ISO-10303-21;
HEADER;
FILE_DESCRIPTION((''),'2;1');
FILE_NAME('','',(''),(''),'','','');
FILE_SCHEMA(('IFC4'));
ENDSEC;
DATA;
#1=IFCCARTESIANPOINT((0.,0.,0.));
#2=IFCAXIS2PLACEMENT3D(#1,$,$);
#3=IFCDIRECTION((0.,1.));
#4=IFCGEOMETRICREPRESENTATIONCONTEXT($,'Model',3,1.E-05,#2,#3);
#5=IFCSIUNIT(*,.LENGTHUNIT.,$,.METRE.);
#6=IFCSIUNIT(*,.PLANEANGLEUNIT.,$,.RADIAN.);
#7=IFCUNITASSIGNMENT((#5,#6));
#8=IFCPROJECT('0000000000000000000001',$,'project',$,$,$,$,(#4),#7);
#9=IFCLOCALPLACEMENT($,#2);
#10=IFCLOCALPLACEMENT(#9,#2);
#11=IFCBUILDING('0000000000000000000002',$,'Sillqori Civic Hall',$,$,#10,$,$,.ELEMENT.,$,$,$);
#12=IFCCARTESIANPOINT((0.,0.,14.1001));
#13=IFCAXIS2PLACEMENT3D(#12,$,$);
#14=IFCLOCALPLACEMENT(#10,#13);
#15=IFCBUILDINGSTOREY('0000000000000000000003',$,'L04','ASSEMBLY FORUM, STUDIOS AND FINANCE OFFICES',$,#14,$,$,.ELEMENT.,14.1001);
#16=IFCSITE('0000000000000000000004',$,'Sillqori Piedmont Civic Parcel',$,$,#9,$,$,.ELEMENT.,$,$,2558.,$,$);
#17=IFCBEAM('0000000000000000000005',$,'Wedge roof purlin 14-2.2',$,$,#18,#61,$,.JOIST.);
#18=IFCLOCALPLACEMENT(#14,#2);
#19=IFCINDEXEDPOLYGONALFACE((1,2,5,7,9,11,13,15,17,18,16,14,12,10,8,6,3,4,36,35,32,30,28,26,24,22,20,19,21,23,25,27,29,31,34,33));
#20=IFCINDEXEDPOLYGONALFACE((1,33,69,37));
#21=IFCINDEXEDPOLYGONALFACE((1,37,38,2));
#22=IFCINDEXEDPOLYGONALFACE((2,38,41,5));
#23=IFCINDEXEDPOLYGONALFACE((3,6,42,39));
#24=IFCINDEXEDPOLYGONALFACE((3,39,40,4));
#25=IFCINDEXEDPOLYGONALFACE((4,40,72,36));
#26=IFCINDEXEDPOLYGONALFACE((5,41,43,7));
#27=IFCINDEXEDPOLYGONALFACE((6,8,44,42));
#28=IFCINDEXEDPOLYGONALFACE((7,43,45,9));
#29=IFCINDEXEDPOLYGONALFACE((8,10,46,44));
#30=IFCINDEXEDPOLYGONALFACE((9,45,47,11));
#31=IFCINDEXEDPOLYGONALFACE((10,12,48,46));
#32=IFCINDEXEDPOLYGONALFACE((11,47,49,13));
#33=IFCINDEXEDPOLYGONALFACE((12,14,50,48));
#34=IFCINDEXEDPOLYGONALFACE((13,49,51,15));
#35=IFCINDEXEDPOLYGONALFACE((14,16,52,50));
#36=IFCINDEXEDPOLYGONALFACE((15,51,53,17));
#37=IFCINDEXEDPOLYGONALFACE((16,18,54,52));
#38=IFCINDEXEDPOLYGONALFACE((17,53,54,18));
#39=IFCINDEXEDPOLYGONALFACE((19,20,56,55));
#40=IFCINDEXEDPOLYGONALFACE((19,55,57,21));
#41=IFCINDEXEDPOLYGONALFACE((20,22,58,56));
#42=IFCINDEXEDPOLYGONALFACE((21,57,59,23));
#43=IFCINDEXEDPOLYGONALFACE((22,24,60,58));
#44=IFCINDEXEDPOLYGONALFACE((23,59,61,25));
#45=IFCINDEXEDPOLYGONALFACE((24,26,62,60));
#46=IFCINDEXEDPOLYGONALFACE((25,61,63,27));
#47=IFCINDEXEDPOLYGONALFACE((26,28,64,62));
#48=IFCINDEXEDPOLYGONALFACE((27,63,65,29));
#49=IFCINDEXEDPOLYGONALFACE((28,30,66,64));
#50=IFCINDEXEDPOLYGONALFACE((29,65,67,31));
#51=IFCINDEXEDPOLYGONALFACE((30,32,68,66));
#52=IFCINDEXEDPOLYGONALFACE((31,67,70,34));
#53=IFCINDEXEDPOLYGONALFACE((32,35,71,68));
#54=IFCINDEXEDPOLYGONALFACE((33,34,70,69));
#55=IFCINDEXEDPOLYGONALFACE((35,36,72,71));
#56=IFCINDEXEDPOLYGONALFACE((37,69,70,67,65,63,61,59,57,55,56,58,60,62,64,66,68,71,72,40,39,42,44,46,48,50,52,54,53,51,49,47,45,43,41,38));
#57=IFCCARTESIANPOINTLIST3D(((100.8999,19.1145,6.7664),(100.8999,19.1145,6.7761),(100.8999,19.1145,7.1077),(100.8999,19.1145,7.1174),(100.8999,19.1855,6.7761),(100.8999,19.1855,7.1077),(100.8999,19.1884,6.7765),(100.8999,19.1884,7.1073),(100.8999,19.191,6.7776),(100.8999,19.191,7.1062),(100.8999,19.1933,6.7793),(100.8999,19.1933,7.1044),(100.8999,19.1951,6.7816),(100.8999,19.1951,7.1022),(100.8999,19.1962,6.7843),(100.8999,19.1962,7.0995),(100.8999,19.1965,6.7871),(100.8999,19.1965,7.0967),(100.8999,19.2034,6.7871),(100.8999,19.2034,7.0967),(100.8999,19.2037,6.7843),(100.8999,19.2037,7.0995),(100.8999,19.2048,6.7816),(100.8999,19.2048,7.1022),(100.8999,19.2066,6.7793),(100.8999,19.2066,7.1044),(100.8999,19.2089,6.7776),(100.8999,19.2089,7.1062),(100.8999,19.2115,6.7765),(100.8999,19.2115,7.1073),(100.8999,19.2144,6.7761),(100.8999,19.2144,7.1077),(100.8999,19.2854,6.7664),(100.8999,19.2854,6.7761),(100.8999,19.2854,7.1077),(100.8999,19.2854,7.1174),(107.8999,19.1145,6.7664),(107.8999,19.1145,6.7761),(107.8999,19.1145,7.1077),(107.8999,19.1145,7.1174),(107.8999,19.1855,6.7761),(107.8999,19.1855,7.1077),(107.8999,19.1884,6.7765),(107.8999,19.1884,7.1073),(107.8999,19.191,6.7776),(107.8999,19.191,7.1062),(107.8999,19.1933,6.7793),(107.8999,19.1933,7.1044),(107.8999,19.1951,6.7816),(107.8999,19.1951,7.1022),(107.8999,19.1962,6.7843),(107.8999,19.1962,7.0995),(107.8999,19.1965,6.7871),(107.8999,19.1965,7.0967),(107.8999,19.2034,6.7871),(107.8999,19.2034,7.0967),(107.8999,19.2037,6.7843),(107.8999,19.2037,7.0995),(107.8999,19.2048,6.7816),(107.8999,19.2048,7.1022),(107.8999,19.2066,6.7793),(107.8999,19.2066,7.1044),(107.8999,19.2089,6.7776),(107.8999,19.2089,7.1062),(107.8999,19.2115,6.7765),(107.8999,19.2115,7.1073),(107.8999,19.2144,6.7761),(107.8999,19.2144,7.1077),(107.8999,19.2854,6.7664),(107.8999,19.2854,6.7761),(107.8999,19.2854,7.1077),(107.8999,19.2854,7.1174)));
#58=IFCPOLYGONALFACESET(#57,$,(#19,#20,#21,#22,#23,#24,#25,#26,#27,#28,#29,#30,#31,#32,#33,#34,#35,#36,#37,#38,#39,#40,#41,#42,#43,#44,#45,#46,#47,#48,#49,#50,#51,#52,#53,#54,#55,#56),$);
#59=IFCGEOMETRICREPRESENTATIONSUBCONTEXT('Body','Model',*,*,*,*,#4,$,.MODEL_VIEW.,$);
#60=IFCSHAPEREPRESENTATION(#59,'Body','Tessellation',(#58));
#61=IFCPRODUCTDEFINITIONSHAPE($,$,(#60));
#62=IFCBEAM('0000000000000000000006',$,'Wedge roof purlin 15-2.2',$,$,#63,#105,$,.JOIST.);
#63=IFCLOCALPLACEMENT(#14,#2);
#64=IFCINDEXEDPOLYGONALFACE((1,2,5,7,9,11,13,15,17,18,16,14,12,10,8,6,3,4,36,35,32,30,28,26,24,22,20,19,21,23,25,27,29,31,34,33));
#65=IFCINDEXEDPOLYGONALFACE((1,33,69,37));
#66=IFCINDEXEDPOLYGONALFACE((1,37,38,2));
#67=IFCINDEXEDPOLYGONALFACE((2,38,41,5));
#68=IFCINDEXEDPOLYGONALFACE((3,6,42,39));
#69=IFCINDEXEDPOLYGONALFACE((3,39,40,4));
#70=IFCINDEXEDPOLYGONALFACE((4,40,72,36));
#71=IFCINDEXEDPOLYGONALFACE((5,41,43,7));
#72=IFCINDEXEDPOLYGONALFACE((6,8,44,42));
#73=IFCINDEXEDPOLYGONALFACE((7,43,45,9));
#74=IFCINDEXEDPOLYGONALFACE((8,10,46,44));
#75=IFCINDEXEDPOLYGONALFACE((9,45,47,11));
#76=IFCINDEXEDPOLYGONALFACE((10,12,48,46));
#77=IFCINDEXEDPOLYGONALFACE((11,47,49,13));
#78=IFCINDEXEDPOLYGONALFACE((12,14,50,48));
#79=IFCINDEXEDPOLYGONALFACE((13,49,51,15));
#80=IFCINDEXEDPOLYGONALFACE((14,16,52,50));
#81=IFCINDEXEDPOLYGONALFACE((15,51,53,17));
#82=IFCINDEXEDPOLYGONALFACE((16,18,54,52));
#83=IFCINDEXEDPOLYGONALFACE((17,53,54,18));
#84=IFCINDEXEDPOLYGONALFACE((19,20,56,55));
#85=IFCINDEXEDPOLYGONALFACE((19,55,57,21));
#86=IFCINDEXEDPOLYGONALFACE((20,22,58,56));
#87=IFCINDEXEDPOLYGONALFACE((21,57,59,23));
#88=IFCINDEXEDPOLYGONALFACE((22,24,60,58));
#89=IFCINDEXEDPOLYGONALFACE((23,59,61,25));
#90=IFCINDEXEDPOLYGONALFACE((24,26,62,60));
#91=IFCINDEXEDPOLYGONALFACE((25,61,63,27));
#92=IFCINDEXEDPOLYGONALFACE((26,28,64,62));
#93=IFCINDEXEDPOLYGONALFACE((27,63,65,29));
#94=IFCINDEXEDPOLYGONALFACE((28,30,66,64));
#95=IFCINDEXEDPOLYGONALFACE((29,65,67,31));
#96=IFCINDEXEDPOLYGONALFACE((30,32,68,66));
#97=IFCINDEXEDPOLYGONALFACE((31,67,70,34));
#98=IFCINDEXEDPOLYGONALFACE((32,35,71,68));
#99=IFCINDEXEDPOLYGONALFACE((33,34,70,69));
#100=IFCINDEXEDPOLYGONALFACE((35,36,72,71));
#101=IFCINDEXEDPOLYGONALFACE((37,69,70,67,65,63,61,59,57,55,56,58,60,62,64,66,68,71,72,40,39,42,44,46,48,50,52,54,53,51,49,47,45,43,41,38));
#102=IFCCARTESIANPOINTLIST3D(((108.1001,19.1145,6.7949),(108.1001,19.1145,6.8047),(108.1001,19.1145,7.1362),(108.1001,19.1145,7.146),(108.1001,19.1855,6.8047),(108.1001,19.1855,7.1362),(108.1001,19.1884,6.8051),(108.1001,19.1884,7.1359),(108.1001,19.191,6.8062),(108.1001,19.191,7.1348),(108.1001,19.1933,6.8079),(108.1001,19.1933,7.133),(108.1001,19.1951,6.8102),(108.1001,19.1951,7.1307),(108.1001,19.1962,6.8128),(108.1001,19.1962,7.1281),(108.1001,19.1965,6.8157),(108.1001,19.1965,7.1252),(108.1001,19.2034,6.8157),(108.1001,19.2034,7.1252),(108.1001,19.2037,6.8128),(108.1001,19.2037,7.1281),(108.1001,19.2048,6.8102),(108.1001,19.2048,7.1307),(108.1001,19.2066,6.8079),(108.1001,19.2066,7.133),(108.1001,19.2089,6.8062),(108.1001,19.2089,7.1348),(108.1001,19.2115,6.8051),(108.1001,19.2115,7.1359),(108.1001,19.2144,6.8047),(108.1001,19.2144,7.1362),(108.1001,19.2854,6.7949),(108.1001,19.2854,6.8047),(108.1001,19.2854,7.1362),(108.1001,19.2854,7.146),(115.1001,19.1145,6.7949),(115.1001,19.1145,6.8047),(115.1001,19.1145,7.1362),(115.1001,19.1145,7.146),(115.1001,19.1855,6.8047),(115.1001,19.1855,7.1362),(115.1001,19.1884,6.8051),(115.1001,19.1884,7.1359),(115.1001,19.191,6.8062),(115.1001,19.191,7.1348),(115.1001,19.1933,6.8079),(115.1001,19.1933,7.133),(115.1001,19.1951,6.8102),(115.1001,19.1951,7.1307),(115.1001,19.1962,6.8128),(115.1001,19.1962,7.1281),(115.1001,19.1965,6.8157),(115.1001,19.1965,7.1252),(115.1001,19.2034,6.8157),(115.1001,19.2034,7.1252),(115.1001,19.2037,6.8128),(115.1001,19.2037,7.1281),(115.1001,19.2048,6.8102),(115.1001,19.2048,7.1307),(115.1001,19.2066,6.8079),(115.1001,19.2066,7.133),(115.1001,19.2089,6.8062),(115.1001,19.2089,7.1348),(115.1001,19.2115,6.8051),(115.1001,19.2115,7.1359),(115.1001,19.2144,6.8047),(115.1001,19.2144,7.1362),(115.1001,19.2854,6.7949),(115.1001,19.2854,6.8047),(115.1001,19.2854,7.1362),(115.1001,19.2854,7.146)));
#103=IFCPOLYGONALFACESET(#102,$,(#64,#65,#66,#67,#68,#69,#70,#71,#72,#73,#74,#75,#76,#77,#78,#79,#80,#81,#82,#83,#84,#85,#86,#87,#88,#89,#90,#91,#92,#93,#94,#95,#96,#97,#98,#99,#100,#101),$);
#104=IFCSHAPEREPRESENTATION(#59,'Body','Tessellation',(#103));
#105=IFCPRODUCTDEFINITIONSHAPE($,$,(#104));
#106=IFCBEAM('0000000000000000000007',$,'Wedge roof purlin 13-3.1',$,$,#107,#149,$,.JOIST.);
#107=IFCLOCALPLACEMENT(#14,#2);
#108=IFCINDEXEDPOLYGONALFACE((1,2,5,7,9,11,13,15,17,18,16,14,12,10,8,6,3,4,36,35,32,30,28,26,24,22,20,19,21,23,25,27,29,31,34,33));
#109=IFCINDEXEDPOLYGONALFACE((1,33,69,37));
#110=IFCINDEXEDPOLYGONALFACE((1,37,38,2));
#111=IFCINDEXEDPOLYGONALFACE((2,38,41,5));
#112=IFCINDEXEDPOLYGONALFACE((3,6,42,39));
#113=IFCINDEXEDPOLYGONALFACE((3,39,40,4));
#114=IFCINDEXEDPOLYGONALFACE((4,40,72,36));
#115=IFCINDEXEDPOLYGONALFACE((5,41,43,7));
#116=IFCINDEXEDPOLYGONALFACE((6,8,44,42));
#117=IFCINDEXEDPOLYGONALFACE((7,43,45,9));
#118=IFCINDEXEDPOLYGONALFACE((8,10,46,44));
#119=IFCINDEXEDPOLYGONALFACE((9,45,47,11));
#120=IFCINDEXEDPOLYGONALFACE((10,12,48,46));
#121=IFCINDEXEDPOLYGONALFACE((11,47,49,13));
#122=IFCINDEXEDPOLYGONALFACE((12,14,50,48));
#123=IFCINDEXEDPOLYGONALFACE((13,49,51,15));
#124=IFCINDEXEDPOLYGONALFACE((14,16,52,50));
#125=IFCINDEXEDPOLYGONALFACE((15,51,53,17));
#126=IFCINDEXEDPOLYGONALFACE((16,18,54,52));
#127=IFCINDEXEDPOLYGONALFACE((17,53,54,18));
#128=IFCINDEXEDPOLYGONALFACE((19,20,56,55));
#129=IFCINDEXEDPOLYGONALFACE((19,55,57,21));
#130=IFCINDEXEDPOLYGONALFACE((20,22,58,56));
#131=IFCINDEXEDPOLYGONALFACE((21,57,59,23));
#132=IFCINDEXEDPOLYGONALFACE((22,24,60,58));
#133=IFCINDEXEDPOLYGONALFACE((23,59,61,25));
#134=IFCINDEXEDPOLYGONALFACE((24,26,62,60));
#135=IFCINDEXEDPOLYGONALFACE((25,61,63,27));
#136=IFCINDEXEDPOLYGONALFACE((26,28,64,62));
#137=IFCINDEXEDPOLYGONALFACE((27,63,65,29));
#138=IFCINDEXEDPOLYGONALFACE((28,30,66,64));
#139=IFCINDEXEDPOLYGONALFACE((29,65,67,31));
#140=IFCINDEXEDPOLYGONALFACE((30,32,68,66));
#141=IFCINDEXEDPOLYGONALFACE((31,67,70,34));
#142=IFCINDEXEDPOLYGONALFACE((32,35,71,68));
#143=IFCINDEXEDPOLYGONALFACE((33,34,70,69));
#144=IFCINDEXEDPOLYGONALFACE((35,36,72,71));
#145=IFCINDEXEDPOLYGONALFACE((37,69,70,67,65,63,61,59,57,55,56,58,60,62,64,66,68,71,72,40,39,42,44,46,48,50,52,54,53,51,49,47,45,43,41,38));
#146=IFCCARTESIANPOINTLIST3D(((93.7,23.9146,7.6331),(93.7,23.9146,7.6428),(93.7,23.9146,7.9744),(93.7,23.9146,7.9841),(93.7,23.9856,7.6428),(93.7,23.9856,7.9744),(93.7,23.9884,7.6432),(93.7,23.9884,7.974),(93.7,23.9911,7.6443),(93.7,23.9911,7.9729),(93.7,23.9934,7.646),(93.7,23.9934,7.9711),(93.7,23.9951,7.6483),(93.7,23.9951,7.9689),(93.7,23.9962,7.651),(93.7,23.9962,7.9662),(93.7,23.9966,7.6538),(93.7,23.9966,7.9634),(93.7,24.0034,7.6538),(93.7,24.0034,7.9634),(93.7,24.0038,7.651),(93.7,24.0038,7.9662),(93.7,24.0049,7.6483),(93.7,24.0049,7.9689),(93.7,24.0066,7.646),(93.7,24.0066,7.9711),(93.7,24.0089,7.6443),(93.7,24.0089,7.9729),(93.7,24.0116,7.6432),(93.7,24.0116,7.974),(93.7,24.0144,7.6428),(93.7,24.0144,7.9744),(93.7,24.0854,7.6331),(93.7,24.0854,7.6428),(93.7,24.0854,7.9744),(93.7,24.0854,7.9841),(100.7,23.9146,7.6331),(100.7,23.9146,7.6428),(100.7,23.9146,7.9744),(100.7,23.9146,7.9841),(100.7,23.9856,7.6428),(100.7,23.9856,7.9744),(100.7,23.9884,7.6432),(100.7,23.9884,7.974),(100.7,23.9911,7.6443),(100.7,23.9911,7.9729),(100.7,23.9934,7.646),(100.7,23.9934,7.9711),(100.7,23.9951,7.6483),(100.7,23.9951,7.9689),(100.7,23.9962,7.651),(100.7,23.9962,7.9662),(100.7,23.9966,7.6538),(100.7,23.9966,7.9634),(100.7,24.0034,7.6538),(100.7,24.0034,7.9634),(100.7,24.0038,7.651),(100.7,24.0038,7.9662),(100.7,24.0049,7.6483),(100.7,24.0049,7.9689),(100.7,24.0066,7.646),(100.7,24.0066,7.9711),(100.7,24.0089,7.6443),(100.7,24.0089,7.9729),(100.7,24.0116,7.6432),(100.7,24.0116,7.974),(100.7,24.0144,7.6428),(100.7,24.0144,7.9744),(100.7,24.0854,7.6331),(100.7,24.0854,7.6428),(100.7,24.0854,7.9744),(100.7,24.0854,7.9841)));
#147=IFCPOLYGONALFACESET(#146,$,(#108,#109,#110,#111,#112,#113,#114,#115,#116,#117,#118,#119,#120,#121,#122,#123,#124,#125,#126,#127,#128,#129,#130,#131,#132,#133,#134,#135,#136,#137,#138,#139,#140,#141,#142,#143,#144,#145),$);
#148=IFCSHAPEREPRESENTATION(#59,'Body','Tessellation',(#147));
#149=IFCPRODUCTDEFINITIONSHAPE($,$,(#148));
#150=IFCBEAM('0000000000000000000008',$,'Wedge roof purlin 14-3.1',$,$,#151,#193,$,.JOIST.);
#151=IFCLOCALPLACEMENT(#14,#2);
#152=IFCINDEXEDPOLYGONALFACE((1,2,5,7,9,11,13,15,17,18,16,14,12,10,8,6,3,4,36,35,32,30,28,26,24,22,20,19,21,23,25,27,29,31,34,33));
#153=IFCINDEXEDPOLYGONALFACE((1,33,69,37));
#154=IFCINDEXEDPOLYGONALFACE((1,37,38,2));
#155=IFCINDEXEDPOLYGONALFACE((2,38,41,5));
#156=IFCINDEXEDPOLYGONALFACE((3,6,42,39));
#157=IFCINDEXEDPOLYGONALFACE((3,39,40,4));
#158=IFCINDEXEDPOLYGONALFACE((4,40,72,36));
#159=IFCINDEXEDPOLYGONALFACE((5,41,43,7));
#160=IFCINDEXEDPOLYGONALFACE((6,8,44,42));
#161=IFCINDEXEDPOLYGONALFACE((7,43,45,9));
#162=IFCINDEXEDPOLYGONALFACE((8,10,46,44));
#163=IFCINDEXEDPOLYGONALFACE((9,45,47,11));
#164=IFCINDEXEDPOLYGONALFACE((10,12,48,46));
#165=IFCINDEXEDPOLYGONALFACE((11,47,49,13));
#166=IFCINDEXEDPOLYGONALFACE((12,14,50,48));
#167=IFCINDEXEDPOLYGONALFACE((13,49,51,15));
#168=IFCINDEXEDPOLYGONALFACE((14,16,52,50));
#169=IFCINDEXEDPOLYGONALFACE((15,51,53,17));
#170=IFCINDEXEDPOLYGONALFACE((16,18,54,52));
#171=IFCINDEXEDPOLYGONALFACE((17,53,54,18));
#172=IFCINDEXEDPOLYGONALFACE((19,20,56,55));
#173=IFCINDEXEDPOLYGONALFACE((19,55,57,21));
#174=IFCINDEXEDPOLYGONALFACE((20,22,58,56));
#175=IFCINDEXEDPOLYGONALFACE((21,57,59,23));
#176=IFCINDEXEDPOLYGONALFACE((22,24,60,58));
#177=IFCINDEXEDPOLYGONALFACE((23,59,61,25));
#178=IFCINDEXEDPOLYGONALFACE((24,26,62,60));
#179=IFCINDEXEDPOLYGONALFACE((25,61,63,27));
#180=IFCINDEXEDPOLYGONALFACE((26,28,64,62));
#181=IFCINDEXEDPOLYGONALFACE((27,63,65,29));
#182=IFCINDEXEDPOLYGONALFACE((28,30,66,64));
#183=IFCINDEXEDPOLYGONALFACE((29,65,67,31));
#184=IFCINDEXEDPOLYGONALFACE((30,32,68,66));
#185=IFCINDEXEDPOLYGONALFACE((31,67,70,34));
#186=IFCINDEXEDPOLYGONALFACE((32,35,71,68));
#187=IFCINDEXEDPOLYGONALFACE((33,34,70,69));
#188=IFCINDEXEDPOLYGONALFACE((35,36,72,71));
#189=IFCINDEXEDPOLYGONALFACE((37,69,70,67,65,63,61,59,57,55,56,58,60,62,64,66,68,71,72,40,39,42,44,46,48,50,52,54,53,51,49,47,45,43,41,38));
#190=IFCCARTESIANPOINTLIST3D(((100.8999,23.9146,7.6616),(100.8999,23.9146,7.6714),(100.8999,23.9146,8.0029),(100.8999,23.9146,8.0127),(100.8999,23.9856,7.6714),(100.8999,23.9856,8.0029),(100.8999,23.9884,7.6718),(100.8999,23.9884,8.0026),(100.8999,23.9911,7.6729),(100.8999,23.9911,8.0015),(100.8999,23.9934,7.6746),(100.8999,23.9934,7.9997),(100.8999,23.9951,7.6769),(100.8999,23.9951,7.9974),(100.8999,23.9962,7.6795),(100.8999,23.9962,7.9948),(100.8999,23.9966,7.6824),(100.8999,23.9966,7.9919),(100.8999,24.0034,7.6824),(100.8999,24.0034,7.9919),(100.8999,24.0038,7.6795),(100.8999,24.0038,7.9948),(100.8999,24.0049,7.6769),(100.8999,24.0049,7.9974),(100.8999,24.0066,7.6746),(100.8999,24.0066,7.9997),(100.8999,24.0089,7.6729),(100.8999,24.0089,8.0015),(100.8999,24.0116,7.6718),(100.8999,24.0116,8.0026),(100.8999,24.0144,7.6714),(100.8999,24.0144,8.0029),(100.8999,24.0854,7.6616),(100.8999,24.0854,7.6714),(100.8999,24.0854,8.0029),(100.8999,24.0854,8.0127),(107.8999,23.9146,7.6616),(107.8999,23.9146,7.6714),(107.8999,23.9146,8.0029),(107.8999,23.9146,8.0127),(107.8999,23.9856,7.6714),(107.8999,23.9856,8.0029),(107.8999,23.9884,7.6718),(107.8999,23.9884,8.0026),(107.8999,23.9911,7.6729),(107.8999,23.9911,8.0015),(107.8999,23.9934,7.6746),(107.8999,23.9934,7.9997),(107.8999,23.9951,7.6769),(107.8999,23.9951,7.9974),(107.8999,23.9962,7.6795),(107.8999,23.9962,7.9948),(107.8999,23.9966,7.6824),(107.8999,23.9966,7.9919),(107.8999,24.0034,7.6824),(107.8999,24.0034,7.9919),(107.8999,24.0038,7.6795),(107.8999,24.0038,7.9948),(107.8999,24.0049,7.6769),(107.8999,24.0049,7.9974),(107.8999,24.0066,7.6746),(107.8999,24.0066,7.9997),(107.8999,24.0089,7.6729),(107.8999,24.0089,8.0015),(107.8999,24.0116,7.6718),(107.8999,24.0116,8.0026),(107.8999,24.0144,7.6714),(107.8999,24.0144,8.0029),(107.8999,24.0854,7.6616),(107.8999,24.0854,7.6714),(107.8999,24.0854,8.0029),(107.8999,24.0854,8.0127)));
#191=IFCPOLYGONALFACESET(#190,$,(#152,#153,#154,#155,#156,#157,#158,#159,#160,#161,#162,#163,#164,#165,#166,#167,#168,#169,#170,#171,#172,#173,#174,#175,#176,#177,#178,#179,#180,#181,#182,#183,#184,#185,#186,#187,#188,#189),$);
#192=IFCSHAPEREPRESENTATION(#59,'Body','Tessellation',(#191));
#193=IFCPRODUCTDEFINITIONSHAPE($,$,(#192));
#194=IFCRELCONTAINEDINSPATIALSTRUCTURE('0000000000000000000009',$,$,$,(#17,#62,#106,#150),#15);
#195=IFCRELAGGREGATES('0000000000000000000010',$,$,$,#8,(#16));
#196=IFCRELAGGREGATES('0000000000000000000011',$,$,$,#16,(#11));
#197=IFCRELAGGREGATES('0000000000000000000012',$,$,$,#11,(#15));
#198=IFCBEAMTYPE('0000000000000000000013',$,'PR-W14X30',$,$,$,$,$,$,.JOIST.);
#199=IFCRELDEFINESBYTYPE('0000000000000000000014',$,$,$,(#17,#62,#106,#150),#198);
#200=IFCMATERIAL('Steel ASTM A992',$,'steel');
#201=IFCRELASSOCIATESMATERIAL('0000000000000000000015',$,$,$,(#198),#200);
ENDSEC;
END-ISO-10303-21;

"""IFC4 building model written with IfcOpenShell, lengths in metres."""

from ifc_helpers import new_model, si_unit, direction, frame, origin, origin_2d, place, context, subcontext, project, spatial, i_section, extrude, material, material_profile, profile_set, type_object, element, save


model = new_model("IFC4")

# Units and contexts
model_context = context("Model", 3, precision=1e-05, world=origin(), true_north=direction((0.0, 1.0)))
body_context = subcontext(model_context, "Body", "Model", "MODEL_VIEW")
ifc_project = project(units=[si_unit("LENGTHUNIT", "METRE"), si_unit("PLANEANGLEUNIT", "RADIAN")], contexts=[model_context])

# Site, building, storey
site_placement = place(None, origin())
site = spatial("IfcSite", under=ifc_project, at=site_placement, Name="Sillqori Piedmont Civic Parcel", CompositionType="ELEMENT", RefElevation=2558.0)
building_placement = place(site_placement, origin())
building = spatial("IfcBuilding", under=site, at=building_placement, Name="Sillqori Civic Hall", CompositionType="ELEMENT")
storey_placement = place(building_placement, frame((0.0, 0.0, 14.1001)))
storey = spatial("IfcBuildingStorey", under=building, at=storey_placement, Name="L04", Description="ASSEMBLY FORUM, STUDIOS AND FINANCE OFFICES", CompositionType="ELEMENT", Elevation=14.1001)

# Shared definitions
ifc_material_1 = material(Name="Steel ASTM A992", Category="steel")

# Beams
ifc_material_profile_1 = material_profile(ifc_material_1, i_section(OverallWidth=0.1709, OverallDepth=0.3511, WebThickness=0.0068, FlangeThickness=0.0098, FilletRadius=0.011, at=origin_2d()), Name="W14X30")
ifc_profile_set_1 = profile_set([ifc_material_profile_1], Name="Steel ASTM A992")
beam_type_1 = type_object("IfcBeamType", Name="PR-W14X30", PredefinedType="JOIST", material=ifc_profile_set_1)
for number, where, z_axis, x_axis, name in (
    (1, (100.8999, 19.2, 6.9419), (1.0, 0.0, 0.0), (0.0, 1.0, 0.0), "Wedge roof purlin 14-2.2"),
    (2, (108.1001, 19.2, 6.9705), (1.0, 0.0, 0.0), (0.0, 1.0, 0.0), "Wedge roof purlin 15-2.2"),
    (3, (93.7, 24.0, 7.8086), (1.0, 0.0, 0.0), (0.0, 1.0, 0.0), "Wedge roof purlin 13-3.1"),
    (4, (100.8999, 24.0, 7.8372), (1.0, 0.0, 0.0), (0.0, 1.0, 0.0), "Wedge roof purlin 14-3.1"),
):
    element("IfcBeam", number, at=place(storey_placement, frame(where, z_axis=z_axis, x_axis=x_axis)), inside=storey, type_object=beam_type_1, Name=name, PredefinedType="JOIST", context=body_context, shape_type="SweptSolid", body=[
        extrude(i_section(OverallWidth=0.1709, OverallDepth=0.3511, WebThickness=0.0068, FlangeThickness=0.0098, FilletRadius=0.011, at=origin_2d()), origin(), (0.0, 0.0, 1.0), 7.0),
    ])

save(model, "model.ifc")
